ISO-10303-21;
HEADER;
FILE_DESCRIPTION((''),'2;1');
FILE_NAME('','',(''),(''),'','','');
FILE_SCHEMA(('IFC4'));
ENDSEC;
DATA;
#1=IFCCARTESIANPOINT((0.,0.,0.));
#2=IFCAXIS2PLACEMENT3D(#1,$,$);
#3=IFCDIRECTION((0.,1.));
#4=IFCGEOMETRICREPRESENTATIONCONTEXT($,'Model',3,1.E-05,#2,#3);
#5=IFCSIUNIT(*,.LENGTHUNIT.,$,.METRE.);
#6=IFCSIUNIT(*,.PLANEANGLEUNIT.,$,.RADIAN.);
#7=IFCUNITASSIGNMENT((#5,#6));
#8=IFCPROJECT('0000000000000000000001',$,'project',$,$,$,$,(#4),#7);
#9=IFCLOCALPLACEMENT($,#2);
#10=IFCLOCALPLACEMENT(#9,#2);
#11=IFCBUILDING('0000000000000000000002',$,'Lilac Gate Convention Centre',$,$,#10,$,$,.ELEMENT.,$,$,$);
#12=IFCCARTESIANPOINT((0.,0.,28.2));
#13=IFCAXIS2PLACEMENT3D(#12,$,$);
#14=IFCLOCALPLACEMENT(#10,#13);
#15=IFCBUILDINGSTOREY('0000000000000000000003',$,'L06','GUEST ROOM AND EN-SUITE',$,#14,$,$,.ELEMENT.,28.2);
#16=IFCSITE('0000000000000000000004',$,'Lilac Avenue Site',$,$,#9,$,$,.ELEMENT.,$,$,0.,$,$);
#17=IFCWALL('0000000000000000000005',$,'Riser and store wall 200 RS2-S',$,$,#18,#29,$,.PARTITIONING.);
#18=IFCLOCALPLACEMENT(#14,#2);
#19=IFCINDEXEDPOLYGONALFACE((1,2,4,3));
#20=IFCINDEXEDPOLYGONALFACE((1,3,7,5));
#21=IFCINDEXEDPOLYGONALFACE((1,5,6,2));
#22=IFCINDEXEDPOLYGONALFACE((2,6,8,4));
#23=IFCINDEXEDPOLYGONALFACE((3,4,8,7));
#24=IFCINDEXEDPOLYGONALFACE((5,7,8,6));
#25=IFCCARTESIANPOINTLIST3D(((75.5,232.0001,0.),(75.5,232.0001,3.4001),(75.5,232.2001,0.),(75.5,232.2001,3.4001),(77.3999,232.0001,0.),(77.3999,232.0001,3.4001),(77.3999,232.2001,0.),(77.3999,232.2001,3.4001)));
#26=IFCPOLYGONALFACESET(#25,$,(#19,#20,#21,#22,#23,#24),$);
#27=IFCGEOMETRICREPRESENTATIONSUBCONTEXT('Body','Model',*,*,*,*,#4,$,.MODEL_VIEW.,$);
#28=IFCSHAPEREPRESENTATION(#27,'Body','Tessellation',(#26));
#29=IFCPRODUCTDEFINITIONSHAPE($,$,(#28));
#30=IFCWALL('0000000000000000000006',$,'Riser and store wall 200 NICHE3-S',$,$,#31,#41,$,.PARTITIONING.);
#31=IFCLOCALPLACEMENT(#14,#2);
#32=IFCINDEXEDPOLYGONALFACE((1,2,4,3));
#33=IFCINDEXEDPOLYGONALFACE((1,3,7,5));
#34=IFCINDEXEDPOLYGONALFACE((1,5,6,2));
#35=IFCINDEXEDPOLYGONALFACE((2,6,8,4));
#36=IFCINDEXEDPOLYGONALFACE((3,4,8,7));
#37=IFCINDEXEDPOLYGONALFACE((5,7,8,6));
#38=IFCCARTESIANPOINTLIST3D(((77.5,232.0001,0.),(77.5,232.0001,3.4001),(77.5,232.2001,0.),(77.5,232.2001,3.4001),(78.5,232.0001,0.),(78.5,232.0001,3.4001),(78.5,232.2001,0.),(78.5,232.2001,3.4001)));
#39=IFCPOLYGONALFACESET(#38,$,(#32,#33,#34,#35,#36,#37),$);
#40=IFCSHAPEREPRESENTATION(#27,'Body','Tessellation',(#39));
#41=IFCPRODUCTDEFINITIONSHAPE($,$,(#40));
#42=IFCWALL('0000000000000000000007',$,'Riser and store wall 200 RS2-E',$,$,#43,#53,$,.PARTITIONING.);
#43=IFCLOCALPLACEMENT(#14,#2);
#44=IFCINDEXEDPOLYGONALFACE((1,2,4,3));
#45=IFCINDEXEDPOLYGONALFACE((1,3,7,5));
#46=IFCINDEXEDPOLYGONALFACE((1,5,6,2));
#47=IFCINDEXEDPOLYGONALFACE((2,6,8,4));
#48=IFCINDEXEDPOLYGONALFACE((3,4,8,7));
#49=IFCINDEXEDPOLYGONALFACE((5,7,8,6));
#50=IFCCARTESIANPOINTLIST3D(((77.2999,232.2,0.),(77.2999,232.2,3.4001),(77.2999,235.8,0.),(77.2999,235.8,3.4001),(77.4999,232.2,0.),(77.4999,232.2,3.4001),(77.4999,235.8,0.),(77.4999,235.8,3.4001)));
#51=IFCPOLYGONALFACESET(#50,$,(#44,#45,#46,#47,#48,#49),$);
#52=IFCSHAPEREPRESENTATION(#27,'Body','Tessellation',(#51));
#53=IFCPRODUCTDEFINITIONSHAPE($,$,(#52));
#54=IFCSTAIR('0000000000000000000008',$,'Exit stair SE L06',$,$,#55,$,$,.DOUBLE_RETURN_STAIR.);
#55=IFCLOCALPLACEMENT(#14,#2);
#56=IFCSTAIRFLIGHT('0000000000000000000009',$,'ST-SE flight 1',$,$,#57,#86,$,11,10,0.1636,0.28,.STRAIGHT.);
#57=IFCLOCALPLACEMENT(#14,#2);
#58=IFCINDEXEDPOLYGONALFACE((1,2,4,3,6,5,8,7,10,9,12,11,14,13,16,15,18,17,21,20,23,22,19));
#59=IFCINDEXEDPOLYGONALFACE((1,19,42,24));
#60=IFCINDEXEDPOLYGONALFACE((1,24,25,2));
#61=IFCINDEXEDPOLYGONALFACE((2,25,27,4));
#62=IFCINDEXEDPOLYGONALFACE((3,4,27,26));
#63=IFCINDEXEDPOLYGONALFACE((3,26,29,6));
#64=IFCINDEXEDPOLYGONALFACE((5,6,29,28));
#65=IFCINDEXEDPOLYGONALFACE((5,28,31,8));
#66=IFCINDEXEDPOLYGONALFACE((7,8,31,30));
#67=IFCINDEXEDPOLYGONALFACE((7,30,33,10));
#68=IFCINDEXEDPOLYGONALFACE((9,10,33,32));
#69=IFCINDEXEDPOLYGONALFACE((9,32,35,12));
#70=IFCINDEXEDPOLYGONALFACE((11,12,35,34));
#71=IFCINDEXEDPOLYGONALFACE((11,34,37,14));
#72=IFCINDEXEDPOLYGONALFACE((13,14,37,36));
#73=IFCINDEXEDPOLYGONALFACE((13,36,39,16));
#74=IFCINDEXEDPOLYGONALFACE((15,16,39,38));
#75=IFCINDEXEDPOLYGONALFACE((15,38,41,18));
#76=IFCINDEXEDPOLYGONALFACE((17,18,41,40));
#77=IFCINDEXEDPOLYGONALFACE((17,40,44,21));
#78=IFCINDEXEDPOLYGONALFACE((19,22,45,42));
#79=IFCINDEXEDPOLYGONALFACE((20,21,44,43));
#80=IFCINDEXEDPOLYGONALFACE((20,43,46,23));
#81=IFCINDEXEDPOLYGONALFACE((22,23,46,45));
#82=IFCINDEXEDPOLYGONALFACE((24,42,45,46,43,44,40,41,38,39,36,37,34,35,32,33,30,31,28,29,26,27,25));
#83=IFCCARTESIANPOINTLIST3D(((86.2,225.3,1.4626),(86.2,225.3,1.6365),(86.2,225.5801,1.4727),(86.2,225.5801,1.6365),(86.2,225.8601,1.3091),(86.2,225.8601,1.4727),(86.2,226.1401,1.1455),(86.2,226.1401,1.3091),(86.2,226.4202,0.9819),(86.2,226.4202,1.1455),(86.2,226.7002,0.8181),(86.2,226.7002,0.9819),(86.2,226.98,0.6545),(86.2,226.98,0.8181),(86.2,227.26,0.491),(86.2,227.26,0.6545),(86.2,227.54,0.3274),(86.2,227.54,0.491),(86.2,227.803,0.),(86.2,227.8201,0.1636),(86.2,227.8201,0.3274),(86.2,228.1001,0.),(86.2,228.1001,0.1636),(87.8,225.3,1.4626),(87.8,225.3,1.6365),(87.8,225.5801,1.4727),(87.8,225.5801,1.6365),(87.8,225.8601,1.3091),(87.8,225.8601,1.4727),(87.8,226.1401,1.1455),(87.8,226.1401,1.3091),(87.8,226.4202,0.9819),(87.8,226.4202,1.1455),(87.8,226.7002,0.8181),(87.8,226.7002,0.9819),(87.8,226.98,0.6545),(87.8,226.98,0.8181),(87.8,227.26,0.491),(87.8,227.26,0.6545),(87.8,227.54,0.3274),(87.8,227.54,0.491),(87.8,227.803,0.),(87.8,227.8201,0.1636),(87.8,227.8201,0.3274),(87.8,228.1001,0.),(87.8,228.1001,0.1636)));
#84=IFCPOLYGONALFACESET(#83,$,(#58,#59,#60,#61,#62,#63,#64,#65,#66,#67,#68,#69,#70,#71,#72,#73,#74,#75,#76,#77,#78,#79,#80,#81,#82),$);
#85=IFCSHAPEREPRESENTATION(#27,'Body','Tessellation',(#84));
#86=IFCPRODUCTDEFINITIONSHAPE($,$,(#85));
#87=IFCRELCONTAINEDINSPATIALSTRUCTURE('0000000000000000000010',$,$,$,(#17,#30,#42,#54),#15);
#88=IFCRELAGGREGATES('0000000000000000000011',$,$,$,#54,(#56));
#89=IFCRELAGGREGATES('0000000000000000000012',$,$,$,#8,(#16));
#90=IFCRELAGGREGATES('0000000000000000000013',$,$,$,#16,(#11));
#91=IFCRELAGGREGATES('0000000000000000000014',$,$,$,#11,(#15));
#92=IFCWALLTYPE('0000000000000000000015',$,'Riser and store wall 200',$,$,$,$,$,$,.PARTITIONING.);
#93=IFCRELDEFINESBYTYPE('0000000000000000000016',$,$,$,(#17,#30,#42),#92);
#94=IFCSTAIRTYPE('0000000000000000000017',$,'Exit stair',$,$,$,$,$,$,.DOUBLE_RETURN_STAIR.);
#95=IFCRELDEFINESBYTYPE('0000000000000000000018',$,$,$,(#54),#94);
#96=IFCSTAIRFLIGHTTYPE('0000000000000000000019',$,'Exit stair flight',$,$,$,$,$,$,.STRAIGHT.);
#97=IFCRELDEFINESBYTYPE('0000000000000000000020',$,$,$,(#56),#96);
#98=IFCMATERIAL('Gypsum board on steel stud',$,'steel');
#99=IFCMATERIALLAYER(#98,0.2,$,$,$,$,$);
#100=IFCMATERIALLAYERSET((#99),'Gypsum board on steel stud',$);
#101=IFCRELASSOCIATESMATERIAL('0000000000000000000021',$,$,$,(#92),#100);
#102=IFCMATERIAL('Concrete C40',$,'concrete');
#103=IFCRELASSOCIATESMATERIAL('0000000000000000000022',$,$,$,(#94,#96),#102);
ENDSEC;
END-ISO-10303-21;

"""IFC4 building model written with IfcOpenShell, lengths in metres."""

from ifc_helpers import new_model, si_unit, direction, frame, frame_2d, origin, place, context, subcontext, project, spatial, polyline, rectangle, outline, extrude, material, layer, layer_set, type_object, element, aggregate, save


model = new_model("IFC4")

# Units and contexts
model_context = context("Model", 3, precision=1e-05, world=origin(), true_north=direction((0.0, 1.0)))
body_context = subcontext(model_context, "Body", "Model", "MODEL_VIEW")
ifc_project = project(units=[si_unit("LENGTHUNIT", "METRE"), si_unit("PLANEANGLEUNIT", "RADIAN")], contexts=[model_context])

# Site, building, storey
site_placement = place(None, origin())
site = spatial("IfcSite", under=ifc_project, at=site_placement, Name="Lilac Avenue Site", CompositionType="ELEMENT", RefElevation=0.0)
building_placement = place(site_placement, origin())
building = spatial("IfcBuilding", under=site, at=building_placement, Name="Lilac Gate Convention Centre", CompositionType="ELEMENT")
storey_placement = place(building_placement, frame((0.0, 0.0, 28.2)))
storey = spatial("IfcBuildingStorey", under=building, at=storey_placement, Name="L06", Description="GUEST ROOM AND EN-SUITE", CompositionType="ELEMENT", Elevation=28.2)

# Shared definitions
ifc_material_1 = material(Name="Gypsum board on steel stud", Category="steel")

# Walls
ifc_layer_1 = layer(ifc_material_1, 0.2)
ifc_layer_set_1 = layer_set([ifc_layer_1], Name="Gypsum board on steel stud")
wall_type_1 = type_object("IfcWallType", Name="Riser and store wall 200", PredefinedType="PARTITIONING", material=ifc_layer_set_1)
wall_1_placement = place(storey_placement, frame((75.5, 232.1001, 0.0), z_axis=(0.0, 0.0, 1.0), x_axis=(1.0, 0.0, 0.0)))
element("IfcWall", 1, at=wall_1_placement, inside=storey, type_object=wall_type_1, Name="Riser and store wall 200 RS2-S", PredefinedType="PARTITIONING", context=body_context, shape_type="SweptSolid", body=[
    extrude(rectangle(XDim=1.8999, YDim=0.2, at=frame_2d((0.95, 0.0))), origin(), (0.0, 0.0, 1.0), 3.4001),
])
wall_2_placement = place(storey_placement, frame((77.5, 232.1001, 0.0), z_axis=(0.0, 0.0, 1.0), x_axis=(1.0, 0.0, 0.0)))
element("IfcWall", 2, at=wall_2_placement, inside=storey, type_object=wall_type_1, Name="Riser and store wall 200 NICHE3-S", PredefinedType="PARTITIONING", context=body_context, shape_type="SweptSolid", body=[
    extrude(rectangle(XDim=1.0, YDim=0.2, at=frame_2d((0.5, 0.0))), origin(), (0.0, 0.0, 1.0), 3.4001),
])
wall_3_placement = place(storey_placement, frame((77.3999, 232.2, 0.0), z_axis=(0.0, 0.0, 1.0), x_axis=(0.0, 1.0, 0.0)))
element("IfcWall", 3, at=wall_3_placement, inside=storey, type_object=wall_type_1, Name="Riser and store wall 200 RS2-E", PredefinedType="PARTITIONING", context=body_context, shape_type="SweptSolid", body=[
    extrude(rectangle(XDim=3.6001, YDim=0.2, at=frame_2d((1.8, 0.0))), origin(), (0.0, 0.0, 1.0), 3.4001),
])

# Stair, stair flight
ifc_material_2 = material(Name="Concrete C40", Category="concrete")
stair_type = type_object("IfcStairType", Name="Exit stair", PredefinedType="DOUBLE_RETURN_STAIR", material=ifc_material_2)
stair_placement = place(storey_placement, origin())
stair = element("IfcStair", 4, at=stair_placement, inside=storey, type_object=stair_type, Name="Exit stair SE L06", PredefinedType="DOUBLE_RETURN_STAIR")
stair_flight_type = type_object("IfcStairFlightType", Name="Exit stair flight", PredefinedType="STRAIGHT", material=ifc_material_2)
stair_flight_placement = place(storey_placement, frame((87.0, 228.1001, 0.0), z_axis=(0.0, 0.0, 1.0), x_axis=(0.0, -1.0, 0.0)))
stair_flight = element("IfcStairFlight", 5, at=stair_flight_placement, type_object=stair_flight_type, Name="ST-SE flight 1", NumberOfRisers=11, NumberOfTreads=10, PredefinedType="STRAIGHT", RiserHeight=0.1636, TreadLength=0.28, context=body_context, shape_type="SweptSolid", body=[
    extrude(outline(polyline([(0.0, 0.0), (0.0, 0.1636), (0.28, 0.1636), (0.28, 0.3274), (0.5601, 0.3274), (0.5601, 0.491), (0.8401, 0.491), (0.8401, 0.6545), (1.1201, 0.6545), (1.1201, 0.8181), (1.3999, 0.8181), (1.3999, 0.9819), (1.6799, 0.9819), (1.6799, 1.1455), (1.96, 1.1455), (1.96, 1.3091), (2.24, 1.3091), (2.24, 1.4727), (2.52, 1.4727), (2.52, 1.6365), (2.8, 1.6365), (2.8, 1.8), (2.8, 1.4626), (0.2971, 0.0), (0.0, 0.0)])), frame((0.0, 0.8, 0.0), z_axis=(0.0, -1.0, 0.0), x_axis=(1.0, 0.0, 0.0)), (0.0, 0.0, 1.0), 1.6001),
])
aggregate(stair, [stair_flight])

save(model, "model.ifc")
